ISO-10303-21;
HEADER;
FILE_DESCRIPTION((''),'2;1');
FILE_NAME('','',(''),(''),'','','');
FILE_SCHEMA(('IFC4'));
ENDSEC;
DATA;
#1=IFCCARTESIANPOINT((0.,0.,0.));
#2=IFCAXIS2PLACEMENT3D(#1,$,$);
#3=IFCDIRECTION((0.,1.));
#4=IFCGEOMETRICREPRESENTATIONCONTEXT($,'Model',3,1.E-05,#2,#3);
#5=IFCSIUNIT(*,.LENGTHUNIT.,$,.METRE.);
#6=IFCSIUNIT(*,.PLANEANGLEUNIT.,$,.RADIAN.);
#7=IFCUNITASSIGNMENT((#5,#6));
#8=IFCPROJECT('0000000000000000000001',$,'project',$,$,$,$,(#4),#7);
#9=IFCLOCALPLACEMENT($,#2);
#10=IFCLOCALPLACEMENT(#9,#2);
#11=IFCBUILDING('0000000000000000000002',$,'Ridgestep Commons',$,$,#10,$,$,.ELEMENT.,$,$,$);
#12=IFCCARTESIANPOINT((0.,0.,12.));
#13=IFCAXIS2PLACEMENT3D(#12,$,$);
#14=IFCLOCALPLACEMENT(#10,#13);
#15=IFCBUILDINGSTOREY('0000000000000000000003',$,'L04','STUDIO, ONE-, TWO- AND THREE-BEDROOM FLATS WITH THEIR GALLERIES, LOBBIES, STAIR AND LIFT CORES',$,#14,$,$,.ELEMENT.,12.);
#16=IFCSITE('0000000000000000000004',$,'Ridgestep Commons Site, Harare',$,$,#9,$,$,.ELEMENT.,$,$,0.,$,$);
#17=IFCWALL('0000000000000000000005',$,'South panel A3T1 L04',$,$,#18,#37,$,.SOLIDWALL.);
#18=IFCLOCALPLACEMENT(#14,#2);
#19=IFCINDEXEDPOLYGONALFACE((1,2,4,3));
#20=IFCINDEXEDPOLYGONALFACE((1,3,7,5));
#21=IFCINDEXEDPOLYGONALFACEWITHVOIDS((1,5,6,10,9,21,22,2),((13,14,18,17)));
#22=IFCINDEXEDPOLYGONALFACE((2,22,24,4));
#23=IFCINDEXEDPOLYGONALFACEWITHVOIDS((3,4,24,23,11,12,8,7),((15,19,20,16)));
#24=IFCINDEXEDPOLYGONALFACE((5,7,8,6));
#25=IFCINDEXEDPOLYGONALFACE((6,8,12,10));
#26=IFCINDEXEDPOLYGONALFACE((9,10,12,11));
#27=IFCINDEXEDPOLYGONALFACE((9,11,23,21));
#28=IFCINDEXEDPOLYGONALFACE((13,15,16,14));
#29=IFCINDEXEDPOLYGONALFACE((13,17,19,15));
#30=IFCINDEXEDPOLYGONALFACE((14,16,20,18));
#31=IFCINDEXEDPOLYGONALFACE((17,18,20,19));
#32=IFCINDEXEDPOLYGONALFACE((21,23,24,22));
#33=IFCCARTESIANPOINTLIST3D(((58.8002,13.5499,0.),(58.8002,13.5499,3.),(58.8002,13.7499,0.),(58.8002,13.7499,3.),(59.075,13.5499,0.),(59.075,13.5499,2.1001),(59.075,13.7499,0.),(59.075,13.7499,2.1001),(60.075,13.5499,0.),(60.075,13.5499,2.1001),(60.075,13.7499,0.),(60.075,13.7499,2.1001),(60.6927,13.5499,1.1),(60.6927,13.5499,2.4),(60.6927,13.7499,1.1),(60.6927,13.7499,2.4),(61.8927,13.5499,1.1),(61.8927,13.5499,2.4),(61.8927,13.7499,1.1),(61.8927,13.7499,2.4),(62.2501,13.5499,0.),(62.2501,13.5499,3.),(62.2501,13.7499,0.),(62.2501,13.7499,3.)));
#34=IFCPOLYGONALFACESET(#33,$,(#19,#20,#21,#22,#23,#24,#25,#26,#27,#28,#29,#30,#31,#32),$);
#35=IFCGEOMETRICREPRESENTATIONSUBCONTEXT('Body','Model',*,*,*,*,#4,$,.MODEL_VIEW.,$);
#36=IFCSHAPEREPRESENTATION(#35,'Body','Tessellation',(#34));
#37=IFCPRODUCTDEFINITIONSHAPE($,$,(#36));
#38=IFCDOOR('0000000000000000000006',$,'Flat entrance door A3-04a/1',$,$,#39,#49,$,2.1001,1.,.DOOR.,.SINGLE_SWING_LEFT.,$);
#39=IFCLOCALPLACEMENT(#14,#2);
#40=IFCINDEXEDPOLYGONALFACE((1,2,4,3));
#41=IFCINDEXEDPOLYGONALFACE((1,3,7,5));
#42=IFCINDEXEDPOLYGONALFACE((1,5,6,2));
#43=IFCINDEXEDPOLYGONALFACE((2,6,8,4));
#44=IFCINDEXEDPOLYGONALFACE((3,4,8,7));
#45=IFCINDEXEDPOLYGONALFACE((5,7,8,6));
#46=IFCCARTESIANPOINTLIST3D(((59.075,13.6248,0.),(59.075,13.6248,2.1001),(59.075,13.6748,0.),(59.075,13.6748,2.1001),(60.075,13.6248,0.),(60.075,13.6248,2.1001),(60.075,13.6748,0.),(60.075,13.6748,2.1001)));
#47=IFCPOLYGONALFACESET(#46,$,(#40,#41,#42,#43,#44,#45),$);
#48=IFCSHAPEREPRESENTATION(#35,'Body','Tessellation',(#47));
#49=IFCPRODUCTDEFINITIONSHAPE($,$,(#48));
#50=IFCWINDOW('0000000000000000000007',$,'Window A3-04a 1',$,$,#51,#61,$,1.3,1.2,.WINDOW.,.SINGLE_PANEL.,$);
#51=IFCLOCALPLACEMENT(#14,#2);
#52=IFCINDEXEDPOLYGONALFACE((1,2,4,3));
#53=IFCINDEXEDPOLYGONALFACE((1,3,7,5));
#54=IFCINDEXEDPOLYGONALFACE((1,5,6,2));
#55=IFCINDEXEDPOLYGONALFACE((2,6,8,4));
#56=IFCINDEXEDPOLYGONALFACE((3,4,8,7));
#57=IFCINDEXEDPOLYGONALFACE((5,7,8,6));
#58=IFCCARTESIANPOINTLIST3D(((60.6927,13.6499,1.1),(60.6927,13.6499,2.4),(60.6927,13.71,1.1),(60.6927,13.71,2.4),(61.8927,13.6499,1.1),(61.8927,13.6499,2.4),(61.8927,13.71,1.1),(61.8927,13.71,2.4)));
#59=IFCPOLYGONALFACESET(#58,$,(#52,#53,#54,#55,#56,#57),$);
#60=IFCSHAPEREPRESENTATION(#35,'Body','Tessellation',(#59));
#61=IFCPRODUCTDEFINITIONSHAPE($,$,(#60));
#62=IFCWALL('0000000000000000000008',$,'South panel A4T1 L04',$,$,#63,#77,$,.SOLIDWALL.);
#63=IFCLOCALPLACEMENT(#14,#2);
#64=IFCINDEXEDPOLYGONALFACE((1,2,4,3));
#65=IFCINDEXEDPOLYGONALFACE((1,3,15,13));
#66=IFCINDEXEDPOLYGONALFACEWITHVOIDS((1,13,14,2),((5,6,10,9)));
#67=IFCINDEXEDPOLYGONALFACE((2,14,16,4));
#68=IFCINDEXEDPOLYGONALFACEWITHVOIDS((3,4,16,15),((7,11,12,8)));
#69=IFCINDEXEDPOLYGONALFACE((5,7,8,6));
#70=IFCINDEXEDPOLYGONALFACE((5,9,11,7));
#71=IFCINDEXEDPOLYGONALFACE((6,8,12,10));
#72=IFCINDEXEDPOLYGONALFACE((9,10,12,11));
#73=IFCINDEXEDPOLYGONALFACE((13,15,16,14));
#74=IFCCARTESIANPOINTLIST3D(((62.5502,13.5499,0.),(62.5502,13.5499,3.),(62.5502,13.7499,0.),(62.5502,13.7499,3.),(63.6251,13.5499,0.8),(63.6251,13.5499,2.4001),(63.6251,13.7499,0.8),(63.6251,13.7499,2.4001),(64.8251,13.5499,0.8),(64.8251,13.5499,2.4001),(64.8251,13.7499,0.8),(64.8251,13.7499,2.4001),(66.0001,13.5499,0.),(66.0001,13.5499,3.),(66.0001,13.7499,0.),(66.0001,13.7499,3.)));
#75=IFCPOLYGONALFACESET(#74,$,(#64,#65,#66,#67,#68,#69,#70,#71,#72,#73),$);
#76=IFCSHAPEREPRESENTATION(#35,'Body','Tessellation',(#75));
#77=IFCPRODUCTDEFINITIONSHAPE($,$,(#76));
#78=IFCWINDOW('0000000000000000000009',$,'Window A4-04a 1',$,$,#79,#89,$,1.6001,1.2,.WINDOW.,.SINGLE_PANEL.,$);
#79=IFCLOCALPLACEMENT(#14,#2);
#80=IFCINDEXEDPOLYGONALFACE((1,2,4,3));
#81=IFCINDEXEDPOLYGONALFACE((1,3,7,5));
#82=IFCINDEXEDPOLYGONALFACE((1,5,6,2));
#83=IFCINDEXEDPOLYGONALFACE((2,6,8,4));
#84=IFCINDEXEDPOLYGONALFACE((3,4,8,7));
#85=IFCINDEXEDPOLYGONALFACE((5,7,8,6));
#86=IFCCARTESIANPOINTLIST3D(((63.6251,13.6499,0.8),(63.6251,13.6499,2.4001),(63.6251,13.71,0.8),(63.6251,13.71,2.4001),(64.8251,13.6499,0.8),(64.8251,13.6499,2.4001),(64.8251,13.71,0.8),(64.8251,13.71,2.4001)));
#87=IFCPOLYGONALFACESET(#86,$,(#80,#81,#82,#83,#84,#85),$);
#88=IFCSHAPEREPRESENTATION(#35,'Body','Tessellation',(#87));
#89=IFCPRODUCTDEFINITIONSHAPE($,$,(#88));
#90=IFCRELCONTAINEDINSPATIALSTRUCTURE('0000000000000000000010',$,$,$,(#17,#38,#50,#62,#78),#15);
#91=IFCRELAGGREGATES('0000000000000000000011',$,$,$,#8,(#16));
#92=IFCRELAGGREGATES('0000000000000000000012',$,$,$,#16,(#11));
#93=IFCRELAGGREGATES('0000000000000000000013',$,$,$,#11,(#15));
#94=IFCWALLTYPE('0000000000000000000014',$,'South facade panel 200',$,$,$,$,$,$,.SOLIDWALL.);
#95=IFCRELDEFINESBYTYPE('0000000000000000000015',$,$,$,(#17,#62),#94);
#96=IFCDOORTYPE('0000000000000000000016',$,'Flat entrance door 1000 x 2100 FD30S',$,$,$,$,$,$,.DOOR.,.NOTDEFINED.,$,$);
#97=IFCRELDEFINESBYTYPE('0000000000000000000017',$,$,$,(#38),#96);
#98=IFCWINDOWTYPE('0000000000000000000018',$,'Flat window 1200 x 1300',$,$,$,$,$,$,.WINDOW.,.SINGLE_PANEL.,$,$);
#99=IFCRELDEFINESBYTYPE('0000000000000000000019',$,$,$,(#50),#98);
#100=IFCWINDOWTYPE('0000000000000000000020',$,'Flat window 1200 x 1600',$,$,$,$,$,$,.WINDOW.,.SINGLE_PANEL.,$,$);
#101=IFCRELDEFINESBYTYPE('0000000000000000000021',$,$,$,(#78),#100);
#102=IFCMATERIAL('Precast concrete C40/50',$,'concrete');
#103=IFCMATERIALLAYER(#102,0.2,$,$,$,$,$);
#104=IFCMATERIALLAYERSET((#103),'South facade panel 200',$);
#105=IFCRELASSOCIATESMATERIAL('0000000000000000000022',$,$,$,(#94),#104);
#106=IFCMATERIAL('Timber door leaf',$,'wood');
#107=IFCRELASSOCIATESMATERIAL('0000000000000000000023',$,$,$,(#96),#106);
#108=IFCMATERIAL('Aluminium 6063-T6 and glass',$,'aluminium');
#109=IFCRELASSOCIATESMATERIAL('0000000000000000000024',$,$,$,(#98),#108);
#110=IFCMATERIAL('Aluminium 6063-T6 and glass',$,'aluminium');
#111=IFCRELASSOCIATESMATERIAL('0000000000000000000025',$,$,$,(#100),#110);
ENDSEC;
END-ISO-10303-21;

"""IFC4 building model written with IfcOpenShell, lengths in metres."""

from ifc_helpers import new_model, si_unit, direction, frame, frame_2d, origin, place, context, subcontext, project, spatial, rectangle, extrude, material, layer, layer_set, type_object, element, fill, save


model = new_model("IFC4")

# Units and contexts
model_context = context("Model", 3, precision=1e-05, world=origin(), true_north=direction((0.0, 1.0)))
body_context = subcontext(model_context, "Body", "Model", "MODEL_VIEW")
ifc_project = project(units=[si_unit("LENGTHUNIT", "METRE"), si_unit("PLANEANGLEUNIT", "RADIAN")], contexts=[model_context])

# Site, building, storey
site_placement = place(None, origin())
site = spatial("IfcSite", under=ifc_project, at=site_placement, Name="Ridgestep Commons Site, Harare", CompositionType="ELEMENT", RefElevation=0.0)
building_placement = place(site_placement, origin())
building = spatial("IfcBuilding", under=site, at=building_placement, Name="Ridgestep Commons", CompositionType="ELEMENT")
storey_placement = place(building_placement, frame((0.0, 0.0, 12.0)))
storey = spatial("IfcBuildingStorey", under=building, at=storey_placement, Name="L04", Description="STUDIO, ONE-, TWO- AND THREE-BEDROOM FLATS WITH THEIR GALLERIES, LOBBIES, STAIR AND LIFT CORES", CompositionType="ELEMENT", Elevation=12.0)

# Wall, openings, door, window
ifc_material_1 = material(Name="Precast concrete C40/50", Category="concrete")
ifc_layer_1 = layer(ifc_material_1, 0.2)
ifc_layer_set_1 = layer_set([ifc_layer_1], Name="South facade panel 200")
wall_type_1 = type_object("IfcWallType", Name="South facade panel 200", PredefinedType="SOLIDWALL", material=ifc_layer_set_1)
wall_1_placement = place(storey_placement, frame((58.8, 13.6499, 0.0), z_axis=(0.0, 0.0, 1.0), x_axis=(1.0, 0.0, 0.0)))
wall_1 = element("IfcWall", 1, at=wall_1_placement, inside=storey, type_object=wall_type_1, Name="South panel A3T1 L04", PredefinedType="SOLIDWALL", context=body_context, shape_type="SweptSolid", body=[
    extrude(rectangle(XDim=3.45, YDim=0.2, at=frame_2d((1.7251, 0.0))), origin(), (0.0, 0.0, 1.0), 3.0),
])
opening_1_placement = place(wall_1_placement, frame((1.8926, 0.0, 1.1001)))
opening_1 = element("IfcOpeningElement", 2, at=opening_1_placement, cuts=wall_1, PredefinedType="OPENING", context=body_context, shape_type="SweptSolid", body=[
    extrude(rectangle(XDim=1.2, YDim=1.3, at=frame_2d((0.6001, 0.6499))), frame((0.0, 0.1099, 0.0), z_axis=(0.0, -1.0, 0.0), x_axis=(1.0, 0.0, 0.0)), (0.0, 0.0, 1.0), 0.22),
])
opening_2_placement = place(wall_1_placement, frame((0.2749, 0.0, 0.0)))
opening_2 = element("IfcOpeningElement", 3, at=opening_2_placement, cuts=wall_1, PredefinedType="OPENING", context=body_context, shape_type="SweptSolid", body=[
    extrude(rectangle(XDim=1.0, YDim=2.1001, at=frame_2d((0.5, 1.05))), frame((0.0, 0.1099, 0.0), z_axis=(0.0, -1.0, 0.0), x_axis=(1.0, 0.0, 0.0)), (0.0, 0.0, 1.0), 0.22),
])
ifc_material_2 = material(Name="Timber door leaf", Category="wood")
door_type_1 = type_object("IfcDoorType", Name="Flat entrance door 1000 x 2100 FD30S", OperationType="NOTDEFINED", PredefinedType="DOOR", material=ifc_material_2)
door_1_placement = place(opening_2_placement, origin())
door_1 = element("IfcDoor", 4, at=door_1_placement, inside=storey, type_object=door_type_1, Name="Flat entrance door A3-04a/1", OperationType="SINGLE_SWING_LEFT", OverallHeight=2.1001, OverallWidth=1.0, PredefinedType="DOOR", context=body_context, shape_type="SweptSolid", body=[
    extrude(rectangle(XDim=1.0, YDim=2.1001, at=frame_2d((0.5, 1.05))), frame((0.0, 0.0249, 0.0), z_axis=(0.0, -1.0, 0.0), x_axis=(1.0, 0.0, 0.0)), (0.0, 0.0, 1.0), 0.05),
])
fill(opening_2, door_1)
ifc_material_3 = material(Name="Aluminium 6063-T6 and glass", Category="aluminium")
window_type_1 = type_object("IfcWindowType", Name="Flat window 1200 x 1300", PartitioningType="SINGLE_PANEL", PredefinedType="WINDOW", material=ifc_material_3)
window_1_placement = place(opening_1_placement, origin())
window_1 = element("IfcWindow", 5, at=window_1_placement, inside=storey, type_object=window_type_1, Name="Window A3-04a 1", OverallHeight=1.3, OverallWidth=1.2, PartitioningType="SINGLE_PANEL", PredefinedType="WINDOW", context=body_context, shape_type="SweptSolid", body=[
    extrude(rectangle(XDim=1.2, YDim=1.3, at=frame_2d((0.6001, 0.6499))), frame((0.0, 0.0601, 0.0), z_axis=(0.0, -1.0, 0.0), x_axis=(1.0, 0.0, 0.0)), (0.0, 0.0, 1.0), 0.0601),
])
fill(opening_1, window_1)

# Wall, opening, window
wall_2_placement = place(storey_placement, frame((62.55, 13.6499, 0.0), z_axis=(0.0, 0.0, 1.0), x_axis=(1.0, 0.0, 0.0)))
wall_2 = element("IfcWall", 6, at=wall_2_placement, inside=storey, type_object=wall_type_1, Name="South panel A4T1 L04", PredefinedType="SOLIDWALL", context=body_context, shape_type="SweptSolid", body=[
    extrude(rectangle(XDim=3.45, YDim=0.2, at=frame_2d((1.7251, 0.0))), origin(), (0.0, 0.0, 1.0), 3.0),
])
opening_3_placement = place(wall_2_placement, frame((1.075, 0.0, 0.8)))
opening_3 = element("IfcOpeningElement", 7, at=opening_3_placement, cuts=wall_2, PredefinedType="OPENING", context=body_context, shape_type="SweptSolid", body=[
    extrude(rectangle(XDim=1.2, YDim=1.6001, at=frame_2d((0.6001, 0.8))), frame((0.0, 0.1099, 0.0), z_axis=(0.0, -1.0, 0.0), x_axis=(1.0, 0.0, 0.0)), (0.0, 0.0, 1.0), 0.22),
])
ifc_material_4 = material(Name="Aluminium 6063-T6 and glass", Category="aluminium")
window_type_2 = type_object("IfcWindowType", Name="Flat window 1200 x 1600", PartitioningType="SINGLE_PANEL", PredefinedType="WINDOW", material=ifc_material_4)
window_2_placement = place(opening_3_placement, origin())
window_2 = element("IfcWindow", 8, at=window_2_placement, inside=storey, type_object=window_type_2, Name="Window A4-04a 1", OverallHeight=1.6001, OverallWidth=1.2, PartitioningType="SINGLE_PANEL", PredefinedType="WINDOW", context=body_context, shape_type="SweptSolid", body=[
    extrude(rectangle(XDim=1.2, YDim=1.6001, at=frame_2d((0.6001, 0.8))), frame((0.0, 0.0601, 0.0), z_axis=(0.0, -1.0, 0.0), x_axis=(1.0, 0.0, 0.0)), (0.0, 0.0, 1.0), 0.0601),
])
fill(opening_3, window_2)

save(model, "model.ifc")
